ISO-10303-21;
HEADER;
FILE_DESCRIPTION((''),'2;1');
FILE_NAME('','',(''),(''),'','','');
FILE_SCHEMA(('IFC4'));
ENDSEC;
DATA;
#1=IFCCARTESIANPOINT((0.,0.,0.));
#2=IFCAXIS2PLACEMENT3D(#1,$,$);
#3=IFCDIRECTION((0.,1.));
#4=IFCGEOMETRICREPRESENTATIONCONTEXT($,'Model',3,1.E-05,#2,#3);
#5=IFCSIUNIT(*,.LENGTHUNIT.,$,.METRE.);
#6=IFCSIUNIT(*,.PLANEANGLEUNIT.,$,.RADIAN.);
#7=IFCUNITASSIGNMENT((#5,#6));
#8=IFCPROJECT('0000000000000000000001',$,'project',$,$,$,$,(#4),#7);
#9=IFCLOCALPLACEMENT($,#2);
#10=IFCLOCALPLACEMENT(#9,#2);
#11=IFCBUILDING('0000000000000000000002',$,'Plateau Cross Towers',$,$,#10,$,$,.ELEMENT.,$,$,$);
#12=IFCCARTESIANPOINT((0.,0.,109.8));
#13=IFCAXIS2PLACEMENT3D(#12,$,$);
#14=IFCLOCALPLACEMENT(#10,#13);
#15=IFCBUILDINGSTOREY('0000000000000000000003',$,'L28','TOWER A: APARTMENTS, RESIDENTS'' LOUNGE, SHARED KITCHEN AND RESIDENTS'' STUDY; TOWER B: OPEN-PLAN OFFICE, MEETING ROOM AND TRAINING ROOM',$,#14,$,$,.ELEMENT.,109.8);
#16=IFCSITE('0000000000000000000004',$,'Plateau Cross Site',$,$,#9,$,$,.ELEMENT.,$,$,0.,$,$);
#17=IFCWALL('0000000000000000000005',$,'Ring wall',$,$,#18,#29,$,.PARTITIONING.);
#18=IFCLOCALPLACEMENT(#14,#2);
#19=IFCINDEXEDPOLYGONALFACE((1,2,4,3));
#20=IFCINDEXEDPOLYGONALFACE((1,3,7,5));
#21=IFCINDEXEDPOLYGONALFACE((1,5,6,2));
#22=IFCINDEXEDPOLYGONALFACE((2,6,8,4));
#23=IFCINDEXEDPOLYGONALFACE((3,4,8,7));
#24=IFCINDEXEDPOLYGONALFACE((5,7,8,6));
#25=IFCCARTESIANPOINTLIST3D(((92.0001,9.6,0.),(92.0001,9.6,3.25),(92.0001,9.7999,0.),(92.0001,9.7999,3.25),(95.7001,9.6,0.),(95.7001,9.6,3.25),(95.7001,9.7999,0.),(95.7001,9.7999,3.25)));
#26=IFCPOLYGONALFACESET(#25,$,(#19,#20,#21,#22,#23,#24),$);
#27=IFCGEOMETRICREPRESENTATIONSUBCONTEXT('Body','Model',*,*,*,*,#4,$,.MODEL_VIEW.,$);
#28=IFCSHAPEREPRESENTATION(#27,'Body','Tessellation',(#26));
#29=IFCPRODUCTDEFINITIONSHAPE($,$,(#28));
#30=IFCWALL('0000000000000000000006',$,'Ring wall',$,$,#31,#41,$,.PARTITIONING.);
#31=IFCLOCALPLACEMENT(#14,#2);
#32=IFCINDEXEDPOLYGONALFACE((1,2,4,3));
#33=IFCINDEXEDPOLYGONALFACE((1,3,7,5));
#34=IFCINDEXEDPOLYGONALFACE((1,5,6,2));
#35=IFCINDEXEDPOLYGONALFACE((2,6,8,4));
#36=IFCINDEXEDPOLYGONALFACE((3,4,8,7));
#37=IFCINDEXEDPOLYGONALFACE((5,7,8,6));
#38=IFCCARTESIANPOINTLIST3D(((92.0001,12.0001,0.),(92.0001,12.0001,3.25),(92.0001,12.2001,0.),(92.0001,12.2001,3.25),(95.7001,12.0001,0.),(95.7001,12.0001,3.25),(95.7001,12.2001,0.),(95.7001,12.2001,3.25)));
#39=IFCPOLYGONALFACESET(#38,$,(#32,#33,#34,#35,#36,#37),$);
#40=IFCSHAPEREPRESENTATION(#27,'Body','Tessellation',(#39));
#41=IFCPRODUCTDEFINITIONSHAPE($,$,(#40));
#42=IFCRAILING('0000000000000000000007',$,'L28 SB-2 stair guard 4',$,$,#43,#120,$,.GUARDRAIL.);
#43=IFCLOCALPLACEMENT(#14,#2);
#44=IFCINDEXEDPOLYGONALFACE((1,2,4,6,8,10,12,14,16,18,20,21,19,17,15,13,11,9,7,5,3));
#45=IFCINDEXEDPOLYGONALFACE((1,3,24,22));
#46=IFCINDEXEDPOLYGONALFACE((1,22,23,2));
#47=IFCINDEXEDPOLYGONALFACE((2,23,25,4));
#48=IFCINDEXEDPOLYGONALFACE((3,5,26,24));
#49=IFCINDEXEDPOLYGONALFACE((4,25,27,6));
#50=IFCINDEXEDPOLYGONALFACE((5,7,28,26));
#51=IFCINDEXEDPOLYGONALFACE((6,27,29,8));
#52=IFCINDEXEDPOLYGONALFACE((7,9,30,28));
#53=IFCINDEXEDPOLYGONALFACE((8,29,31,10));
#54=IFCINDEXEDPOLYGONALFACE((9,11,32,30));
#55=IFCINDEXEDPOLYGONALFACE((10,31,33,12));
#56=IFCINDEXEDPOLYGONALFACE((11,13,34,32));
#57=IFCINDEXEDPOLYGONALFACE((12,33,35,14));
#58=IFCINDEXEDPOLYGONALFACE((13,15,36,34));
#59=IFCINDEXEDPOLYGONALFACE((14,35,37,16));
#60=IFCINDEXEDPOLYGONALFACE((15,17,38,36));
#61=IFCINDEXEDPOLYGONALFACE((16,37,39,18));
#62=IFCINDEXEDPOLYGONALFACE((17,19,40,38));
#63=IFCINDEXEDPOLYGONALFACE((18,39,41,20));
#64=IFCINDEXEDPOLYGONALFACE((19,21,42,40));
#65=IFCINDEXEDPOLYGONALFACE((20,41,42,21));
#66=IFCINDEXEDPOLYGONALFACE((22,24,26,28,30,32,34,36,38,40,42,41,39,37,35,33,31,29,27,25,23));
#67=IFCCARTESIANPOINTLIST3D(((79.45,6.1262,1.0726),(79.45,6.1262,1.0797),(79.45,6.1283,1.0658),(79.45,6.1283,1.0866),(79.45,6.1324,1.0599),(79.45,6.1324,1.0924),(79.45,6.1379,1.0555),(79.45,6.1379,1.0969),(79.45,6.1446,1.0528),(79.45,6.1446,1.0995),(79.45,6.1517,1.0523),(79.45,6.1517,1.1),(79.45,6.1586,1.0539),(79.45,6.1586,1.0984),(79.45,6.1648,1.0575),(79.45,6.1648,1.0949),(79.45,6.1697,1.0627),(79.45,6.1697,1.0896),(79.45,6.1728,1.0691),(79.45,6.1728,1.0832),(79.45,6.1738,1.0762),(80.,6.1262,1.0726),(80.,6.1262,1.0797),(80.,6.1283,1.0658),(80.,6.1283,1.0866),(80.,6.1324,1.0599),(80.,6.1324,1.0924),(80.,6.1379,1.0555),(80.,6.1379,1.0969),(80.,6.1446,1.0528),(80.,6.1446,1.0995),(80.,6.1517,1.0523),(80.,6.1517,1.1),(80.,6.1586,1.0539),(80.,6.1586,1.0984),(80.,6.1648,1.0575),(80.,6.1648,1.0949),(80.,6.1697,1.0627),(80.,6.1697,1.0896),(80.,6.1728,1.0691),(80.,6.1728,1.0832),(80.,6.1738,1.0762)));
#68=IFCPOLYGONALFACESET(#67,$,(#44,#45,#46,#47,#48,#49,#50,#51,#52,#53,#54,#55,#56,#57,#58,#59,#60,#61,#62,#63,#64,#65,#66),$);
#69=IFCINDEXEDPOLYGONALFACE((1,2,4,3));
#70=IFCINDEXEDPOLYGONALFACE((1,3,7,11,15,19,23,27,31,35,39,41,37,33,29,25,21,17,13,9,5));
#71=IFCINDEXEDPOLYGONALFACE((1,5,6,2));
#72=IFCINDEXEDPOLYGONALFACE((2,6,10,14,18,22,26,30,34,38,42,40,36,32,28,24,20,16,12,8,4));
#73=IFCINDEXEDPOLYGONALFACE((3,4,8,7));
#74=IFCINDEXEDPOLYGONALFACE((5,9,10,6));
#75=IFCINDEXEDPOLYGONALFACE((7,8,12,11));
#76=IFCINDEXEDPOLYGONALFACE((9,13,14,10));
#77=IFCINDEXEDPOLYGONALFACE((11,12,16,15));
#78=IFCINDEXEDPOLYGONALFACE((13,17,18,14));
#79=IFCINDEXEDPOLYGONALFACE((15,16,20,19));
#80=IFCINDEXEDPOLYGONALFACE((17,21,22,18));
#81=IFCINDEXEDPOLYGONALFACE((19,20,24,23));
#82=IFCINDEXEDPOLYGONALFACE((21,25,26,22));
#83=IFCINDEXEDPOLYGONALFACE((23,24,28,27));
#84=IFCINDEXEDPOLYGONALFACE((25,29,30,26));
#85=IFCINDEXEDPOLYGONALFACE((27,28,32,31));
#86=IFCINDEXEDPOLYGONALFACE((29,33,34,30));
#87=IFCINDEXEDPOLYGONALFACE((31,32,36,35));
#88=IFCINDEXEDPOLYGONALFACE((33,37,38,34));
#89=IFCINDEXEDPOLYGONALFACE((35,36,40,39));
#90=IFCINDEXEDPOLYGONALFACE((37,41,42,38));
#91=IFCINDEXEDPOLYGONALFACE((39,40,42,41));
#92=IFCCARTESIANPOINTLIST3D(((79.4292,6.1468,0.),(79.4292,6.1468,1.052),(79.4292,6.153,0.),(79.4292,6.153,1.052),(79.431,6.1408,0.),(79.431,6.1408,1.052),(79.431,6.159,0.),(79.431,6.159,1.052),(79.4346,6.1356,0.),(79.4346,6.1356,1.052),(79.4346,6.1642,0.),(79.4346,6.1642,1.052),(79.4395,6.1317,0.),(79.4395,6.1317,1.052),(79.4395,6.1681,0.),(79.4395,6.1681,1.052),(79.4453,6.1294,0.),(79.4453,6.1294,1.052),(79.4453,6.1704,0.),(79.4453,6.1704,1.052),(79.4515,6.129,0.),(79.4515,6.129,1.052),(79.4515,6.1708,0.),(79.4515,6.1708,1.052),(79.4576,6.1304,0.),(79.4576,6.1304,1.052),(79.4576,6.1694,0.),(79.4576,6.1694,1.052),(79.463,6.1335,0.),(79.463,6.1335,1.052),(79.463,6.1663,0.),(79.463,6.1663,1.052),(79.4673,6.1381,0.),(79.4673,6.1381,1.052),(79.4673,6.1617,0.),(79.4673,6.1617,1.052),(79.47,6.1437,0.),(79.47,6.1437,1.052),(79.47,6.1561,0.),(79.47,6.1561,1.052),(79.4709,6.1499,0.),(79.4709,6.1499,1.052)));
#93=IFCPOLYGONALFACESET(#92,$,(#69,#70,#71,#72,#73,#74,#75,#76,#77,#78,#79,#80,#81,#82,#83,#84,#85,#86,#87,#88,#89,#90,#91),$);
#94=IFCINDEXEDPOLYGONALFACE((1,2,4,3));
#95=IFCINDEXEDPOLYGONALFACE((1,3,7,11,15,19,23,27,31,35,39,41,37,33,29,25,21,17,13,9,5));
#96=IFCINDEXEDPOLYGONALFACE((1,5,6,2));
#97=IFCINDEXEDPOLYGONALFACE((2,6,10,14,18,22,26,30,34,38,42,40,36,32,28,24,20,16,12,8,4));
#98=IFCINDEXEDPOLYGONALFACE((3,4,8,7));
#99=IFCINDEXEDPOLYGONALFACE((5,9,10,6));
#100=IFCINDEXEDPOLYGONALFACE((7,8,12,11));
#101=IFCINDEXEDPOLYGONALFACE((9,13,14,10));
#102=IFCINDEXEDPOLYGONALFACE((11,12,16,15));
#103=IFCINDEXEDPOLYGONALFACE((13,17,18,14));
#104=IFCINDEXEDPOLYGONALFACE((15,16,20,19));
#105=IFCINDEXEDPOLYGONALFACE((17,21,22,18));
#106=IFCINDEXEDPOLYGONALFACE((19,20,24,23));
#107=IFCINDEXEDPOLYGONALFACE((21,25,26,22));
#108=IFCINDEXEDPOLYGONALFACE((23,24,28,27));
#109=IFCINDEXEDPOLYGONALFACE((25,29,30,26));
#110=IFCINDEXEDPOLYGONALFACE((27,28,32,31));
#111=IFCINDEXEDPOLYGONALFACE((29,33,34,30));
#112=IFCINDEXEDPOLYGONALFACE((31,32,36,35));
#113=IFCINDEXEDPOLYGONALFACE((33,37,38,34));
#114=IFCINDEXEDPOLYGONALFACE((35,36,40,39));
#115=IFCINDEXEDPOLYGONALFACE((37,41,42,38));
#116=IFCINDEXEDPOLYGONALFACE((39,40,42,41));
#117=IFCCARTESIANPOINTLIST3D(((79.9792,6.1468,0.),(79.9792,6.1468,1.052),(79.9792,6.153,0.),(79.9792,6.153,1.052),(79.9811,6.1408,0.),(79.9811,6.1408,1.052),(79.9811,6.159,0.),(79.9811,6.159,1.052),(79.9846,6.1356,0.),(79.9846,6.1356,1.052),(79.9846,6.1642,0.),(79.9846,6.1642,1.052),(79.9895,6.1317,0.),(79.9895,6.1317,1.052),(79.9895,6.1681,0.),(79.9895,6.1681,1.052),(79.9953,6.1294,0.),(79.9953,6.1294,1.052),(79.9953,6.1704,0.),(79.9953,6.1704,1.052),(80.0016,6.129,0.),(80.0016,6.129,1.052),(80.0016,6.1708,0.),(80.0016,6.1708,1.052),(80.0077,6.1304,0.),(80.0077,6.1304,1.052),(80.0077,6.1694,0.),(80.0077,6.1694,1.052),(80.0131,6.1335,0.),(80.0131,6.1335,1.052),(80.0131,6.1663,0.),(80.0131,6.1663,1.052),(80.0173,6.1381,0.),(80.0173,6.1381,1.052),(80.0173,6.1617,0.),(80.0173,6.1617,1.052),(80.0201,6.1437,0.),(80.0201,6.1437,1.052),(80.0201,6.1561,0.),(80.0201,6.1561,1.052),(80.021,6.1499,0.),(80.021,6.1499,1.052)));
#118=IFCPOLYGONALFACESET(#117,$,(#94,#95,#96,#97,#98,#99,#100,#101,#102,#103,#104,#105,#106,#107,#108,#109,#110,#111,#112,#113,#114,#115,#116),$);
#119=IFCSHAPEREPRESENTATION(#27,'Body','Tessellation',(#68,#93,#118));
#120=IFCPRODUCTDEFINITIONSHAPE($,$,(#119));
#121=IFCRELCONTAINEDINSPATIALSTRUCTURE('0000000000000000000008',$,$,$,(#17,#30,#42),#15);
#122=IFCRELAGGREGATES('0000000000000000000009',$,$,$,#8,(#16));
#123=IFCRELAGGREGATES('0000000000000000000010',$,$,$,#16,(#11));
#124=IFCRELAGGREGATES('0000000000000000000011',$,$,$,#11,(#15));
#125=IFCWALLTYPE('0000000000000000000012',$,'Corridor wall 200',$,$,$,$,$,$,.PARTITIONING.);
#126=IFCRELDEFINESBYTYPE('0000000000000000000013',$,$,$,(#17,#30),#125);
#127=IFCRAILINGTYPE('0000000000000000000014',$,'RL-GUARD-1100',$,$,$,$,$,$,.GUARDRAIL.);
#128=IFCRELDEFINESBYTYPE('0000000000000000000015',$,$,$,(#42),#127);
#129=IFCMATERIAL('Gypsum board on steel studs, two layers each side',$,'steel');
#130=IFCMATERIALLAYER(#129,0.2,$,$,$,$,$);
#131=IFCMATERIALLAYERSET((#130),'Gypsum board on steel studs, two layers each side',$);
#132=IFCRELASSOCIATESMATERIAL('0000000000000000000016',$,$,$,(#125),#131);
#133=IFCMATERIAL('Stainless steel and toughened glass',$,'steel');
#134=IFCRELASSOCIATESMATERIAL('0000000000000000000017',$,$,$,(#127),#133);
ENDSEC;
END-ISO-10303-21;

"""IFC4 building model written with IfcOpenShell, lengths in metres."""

from ifc_helpers import new_model, si_unit, direction, frame, frame_2d, origin, origin_2d, place, context, subcontext, project, spatial, rectangle, circle, extrude, material, layer, layer_set, type_object, element, save


model = new_model("IFC4")

# Units and contexts
model_context = context("Model", 3, precision=1e-05, world=origin(), true_north=direction((0.0, 1.0)))
body_context = subcontext(model_context, "Body", "Model", "MODEL_VIEW")
ifc_project = project(units=[si_unit("LENGTHUNIT", "METRE"), si_unit("PLANEANGLEUNIT", "RADIAN")], contexts=[model_context])

# Site, building, storey
site_placement = place(None, origin())
site = spatial("IfcSite", under=ifc_project, at=site_placement, Name="Plateau Cross Site", CompositionType="ELEMENT", RefElevation=0.0)
building_placement = place(site_placement, origin())
building = spatial("IfcBuilding", under=site, at=building_placement, Name="Plateau Cross Towers", CompositionType="ELEMENT")
storey_placement = place(building_placement, frame((0.0, 0.0, 109.8)))
storey = spatial("IfcBuildingStorey", under=building, at=storey_placement, Name="L28", Description="TOWER A: APARTMENTS, RESIDENTS' LOUNGE, SHARED KITCHEN AND RESIDENTS' STUDY; TOWER B: OPEN-PLAN OFFICE, MEETING ROOM AND TRAINING ROOM", CompositionType="ELEMENT", Elevation=109.8)

# Shared definitions
ifc_material_1 = material(Name="Gypsum board on steel studs, two layers each side", Category="steel")
ifc_layer_1 = layer(ifc_material_1, 0.2)
ifc_layer_set_1 = layer_set([ifc_layer_1], Name="Gypsum board on steel studs, two layers each side")
wall_type_1 = type_object("IfcWallType", Name="Corridor wall 200", PredefinedType="PARTITIONING", material=ifc_layer_set_1)

# Walls
for number, where, z_axis, x_axis, name in (
    (1, (92.0, 9.7, 0.0), (0.0, 0.0, 1.0), (1.0, 0.0, 0.0), "Ring wall"),
    (2, (92.0, 12.1001, 0.0), (0.0, 0.0, 1.0), (1.0, 0.0, 0.0), "Ring wall"),
):
    element("IfcWall", number, at=place(storey_placement, frame(where, z_axis=z_axis, x_axis=x_axis)), inside=storey, type_object=wall_type_1, Name=name, PredefinedType="PARTITIONING", context=body_context, shape_type="SweptSolid", body=[
        extrude(rectangle(XDim=3.7, YDim=0.2, at=frame_2d((1.8501, 0.0))), origin(), (0.0, 0.0, 1.0), 3.25),
    ])

# Railing
ifc_material_2 = material(Name="Stainless steel and toughened glass", Category="steel")
railing_type = type_object("IfcRailingType", Name="RL-GUARD-1100", PredefinedType="GUARDRAIL", material=ifc_material_2)
railing_placement = place(storey_placement, frame((79.45, 6.1499, 0.0)))
element("IfcRailing", 3, at=railing_placement, inside=storey, type_object=railing_type, Name="L28 SB-2 stair guard 4", PredefinedType="GUARDRAIL", context=body_context, shape_type="SweptSolid", body=[
    extrude(circle(Radius=0.0239, at=origin_2d()), frame((0.0, 0.0, 1.0762), z_axis=(1.0, 0.0, 0.0), x_axis=(0.0, 1.0, 0.0)), (0.0, 0.0, 1.0), 0.55),
    extrude(circle(Radius=0.021, at=origin_2d()), origin(), (0.0, 0.0, 1.0), 1.052),
    extrude(circle(Radius=0.021, at=origin_2d()), frame((0.55, 0.0, 0.0)), (0.0, 0.0, 1.0), 1.052),
])

save(model, "model.ifc")
